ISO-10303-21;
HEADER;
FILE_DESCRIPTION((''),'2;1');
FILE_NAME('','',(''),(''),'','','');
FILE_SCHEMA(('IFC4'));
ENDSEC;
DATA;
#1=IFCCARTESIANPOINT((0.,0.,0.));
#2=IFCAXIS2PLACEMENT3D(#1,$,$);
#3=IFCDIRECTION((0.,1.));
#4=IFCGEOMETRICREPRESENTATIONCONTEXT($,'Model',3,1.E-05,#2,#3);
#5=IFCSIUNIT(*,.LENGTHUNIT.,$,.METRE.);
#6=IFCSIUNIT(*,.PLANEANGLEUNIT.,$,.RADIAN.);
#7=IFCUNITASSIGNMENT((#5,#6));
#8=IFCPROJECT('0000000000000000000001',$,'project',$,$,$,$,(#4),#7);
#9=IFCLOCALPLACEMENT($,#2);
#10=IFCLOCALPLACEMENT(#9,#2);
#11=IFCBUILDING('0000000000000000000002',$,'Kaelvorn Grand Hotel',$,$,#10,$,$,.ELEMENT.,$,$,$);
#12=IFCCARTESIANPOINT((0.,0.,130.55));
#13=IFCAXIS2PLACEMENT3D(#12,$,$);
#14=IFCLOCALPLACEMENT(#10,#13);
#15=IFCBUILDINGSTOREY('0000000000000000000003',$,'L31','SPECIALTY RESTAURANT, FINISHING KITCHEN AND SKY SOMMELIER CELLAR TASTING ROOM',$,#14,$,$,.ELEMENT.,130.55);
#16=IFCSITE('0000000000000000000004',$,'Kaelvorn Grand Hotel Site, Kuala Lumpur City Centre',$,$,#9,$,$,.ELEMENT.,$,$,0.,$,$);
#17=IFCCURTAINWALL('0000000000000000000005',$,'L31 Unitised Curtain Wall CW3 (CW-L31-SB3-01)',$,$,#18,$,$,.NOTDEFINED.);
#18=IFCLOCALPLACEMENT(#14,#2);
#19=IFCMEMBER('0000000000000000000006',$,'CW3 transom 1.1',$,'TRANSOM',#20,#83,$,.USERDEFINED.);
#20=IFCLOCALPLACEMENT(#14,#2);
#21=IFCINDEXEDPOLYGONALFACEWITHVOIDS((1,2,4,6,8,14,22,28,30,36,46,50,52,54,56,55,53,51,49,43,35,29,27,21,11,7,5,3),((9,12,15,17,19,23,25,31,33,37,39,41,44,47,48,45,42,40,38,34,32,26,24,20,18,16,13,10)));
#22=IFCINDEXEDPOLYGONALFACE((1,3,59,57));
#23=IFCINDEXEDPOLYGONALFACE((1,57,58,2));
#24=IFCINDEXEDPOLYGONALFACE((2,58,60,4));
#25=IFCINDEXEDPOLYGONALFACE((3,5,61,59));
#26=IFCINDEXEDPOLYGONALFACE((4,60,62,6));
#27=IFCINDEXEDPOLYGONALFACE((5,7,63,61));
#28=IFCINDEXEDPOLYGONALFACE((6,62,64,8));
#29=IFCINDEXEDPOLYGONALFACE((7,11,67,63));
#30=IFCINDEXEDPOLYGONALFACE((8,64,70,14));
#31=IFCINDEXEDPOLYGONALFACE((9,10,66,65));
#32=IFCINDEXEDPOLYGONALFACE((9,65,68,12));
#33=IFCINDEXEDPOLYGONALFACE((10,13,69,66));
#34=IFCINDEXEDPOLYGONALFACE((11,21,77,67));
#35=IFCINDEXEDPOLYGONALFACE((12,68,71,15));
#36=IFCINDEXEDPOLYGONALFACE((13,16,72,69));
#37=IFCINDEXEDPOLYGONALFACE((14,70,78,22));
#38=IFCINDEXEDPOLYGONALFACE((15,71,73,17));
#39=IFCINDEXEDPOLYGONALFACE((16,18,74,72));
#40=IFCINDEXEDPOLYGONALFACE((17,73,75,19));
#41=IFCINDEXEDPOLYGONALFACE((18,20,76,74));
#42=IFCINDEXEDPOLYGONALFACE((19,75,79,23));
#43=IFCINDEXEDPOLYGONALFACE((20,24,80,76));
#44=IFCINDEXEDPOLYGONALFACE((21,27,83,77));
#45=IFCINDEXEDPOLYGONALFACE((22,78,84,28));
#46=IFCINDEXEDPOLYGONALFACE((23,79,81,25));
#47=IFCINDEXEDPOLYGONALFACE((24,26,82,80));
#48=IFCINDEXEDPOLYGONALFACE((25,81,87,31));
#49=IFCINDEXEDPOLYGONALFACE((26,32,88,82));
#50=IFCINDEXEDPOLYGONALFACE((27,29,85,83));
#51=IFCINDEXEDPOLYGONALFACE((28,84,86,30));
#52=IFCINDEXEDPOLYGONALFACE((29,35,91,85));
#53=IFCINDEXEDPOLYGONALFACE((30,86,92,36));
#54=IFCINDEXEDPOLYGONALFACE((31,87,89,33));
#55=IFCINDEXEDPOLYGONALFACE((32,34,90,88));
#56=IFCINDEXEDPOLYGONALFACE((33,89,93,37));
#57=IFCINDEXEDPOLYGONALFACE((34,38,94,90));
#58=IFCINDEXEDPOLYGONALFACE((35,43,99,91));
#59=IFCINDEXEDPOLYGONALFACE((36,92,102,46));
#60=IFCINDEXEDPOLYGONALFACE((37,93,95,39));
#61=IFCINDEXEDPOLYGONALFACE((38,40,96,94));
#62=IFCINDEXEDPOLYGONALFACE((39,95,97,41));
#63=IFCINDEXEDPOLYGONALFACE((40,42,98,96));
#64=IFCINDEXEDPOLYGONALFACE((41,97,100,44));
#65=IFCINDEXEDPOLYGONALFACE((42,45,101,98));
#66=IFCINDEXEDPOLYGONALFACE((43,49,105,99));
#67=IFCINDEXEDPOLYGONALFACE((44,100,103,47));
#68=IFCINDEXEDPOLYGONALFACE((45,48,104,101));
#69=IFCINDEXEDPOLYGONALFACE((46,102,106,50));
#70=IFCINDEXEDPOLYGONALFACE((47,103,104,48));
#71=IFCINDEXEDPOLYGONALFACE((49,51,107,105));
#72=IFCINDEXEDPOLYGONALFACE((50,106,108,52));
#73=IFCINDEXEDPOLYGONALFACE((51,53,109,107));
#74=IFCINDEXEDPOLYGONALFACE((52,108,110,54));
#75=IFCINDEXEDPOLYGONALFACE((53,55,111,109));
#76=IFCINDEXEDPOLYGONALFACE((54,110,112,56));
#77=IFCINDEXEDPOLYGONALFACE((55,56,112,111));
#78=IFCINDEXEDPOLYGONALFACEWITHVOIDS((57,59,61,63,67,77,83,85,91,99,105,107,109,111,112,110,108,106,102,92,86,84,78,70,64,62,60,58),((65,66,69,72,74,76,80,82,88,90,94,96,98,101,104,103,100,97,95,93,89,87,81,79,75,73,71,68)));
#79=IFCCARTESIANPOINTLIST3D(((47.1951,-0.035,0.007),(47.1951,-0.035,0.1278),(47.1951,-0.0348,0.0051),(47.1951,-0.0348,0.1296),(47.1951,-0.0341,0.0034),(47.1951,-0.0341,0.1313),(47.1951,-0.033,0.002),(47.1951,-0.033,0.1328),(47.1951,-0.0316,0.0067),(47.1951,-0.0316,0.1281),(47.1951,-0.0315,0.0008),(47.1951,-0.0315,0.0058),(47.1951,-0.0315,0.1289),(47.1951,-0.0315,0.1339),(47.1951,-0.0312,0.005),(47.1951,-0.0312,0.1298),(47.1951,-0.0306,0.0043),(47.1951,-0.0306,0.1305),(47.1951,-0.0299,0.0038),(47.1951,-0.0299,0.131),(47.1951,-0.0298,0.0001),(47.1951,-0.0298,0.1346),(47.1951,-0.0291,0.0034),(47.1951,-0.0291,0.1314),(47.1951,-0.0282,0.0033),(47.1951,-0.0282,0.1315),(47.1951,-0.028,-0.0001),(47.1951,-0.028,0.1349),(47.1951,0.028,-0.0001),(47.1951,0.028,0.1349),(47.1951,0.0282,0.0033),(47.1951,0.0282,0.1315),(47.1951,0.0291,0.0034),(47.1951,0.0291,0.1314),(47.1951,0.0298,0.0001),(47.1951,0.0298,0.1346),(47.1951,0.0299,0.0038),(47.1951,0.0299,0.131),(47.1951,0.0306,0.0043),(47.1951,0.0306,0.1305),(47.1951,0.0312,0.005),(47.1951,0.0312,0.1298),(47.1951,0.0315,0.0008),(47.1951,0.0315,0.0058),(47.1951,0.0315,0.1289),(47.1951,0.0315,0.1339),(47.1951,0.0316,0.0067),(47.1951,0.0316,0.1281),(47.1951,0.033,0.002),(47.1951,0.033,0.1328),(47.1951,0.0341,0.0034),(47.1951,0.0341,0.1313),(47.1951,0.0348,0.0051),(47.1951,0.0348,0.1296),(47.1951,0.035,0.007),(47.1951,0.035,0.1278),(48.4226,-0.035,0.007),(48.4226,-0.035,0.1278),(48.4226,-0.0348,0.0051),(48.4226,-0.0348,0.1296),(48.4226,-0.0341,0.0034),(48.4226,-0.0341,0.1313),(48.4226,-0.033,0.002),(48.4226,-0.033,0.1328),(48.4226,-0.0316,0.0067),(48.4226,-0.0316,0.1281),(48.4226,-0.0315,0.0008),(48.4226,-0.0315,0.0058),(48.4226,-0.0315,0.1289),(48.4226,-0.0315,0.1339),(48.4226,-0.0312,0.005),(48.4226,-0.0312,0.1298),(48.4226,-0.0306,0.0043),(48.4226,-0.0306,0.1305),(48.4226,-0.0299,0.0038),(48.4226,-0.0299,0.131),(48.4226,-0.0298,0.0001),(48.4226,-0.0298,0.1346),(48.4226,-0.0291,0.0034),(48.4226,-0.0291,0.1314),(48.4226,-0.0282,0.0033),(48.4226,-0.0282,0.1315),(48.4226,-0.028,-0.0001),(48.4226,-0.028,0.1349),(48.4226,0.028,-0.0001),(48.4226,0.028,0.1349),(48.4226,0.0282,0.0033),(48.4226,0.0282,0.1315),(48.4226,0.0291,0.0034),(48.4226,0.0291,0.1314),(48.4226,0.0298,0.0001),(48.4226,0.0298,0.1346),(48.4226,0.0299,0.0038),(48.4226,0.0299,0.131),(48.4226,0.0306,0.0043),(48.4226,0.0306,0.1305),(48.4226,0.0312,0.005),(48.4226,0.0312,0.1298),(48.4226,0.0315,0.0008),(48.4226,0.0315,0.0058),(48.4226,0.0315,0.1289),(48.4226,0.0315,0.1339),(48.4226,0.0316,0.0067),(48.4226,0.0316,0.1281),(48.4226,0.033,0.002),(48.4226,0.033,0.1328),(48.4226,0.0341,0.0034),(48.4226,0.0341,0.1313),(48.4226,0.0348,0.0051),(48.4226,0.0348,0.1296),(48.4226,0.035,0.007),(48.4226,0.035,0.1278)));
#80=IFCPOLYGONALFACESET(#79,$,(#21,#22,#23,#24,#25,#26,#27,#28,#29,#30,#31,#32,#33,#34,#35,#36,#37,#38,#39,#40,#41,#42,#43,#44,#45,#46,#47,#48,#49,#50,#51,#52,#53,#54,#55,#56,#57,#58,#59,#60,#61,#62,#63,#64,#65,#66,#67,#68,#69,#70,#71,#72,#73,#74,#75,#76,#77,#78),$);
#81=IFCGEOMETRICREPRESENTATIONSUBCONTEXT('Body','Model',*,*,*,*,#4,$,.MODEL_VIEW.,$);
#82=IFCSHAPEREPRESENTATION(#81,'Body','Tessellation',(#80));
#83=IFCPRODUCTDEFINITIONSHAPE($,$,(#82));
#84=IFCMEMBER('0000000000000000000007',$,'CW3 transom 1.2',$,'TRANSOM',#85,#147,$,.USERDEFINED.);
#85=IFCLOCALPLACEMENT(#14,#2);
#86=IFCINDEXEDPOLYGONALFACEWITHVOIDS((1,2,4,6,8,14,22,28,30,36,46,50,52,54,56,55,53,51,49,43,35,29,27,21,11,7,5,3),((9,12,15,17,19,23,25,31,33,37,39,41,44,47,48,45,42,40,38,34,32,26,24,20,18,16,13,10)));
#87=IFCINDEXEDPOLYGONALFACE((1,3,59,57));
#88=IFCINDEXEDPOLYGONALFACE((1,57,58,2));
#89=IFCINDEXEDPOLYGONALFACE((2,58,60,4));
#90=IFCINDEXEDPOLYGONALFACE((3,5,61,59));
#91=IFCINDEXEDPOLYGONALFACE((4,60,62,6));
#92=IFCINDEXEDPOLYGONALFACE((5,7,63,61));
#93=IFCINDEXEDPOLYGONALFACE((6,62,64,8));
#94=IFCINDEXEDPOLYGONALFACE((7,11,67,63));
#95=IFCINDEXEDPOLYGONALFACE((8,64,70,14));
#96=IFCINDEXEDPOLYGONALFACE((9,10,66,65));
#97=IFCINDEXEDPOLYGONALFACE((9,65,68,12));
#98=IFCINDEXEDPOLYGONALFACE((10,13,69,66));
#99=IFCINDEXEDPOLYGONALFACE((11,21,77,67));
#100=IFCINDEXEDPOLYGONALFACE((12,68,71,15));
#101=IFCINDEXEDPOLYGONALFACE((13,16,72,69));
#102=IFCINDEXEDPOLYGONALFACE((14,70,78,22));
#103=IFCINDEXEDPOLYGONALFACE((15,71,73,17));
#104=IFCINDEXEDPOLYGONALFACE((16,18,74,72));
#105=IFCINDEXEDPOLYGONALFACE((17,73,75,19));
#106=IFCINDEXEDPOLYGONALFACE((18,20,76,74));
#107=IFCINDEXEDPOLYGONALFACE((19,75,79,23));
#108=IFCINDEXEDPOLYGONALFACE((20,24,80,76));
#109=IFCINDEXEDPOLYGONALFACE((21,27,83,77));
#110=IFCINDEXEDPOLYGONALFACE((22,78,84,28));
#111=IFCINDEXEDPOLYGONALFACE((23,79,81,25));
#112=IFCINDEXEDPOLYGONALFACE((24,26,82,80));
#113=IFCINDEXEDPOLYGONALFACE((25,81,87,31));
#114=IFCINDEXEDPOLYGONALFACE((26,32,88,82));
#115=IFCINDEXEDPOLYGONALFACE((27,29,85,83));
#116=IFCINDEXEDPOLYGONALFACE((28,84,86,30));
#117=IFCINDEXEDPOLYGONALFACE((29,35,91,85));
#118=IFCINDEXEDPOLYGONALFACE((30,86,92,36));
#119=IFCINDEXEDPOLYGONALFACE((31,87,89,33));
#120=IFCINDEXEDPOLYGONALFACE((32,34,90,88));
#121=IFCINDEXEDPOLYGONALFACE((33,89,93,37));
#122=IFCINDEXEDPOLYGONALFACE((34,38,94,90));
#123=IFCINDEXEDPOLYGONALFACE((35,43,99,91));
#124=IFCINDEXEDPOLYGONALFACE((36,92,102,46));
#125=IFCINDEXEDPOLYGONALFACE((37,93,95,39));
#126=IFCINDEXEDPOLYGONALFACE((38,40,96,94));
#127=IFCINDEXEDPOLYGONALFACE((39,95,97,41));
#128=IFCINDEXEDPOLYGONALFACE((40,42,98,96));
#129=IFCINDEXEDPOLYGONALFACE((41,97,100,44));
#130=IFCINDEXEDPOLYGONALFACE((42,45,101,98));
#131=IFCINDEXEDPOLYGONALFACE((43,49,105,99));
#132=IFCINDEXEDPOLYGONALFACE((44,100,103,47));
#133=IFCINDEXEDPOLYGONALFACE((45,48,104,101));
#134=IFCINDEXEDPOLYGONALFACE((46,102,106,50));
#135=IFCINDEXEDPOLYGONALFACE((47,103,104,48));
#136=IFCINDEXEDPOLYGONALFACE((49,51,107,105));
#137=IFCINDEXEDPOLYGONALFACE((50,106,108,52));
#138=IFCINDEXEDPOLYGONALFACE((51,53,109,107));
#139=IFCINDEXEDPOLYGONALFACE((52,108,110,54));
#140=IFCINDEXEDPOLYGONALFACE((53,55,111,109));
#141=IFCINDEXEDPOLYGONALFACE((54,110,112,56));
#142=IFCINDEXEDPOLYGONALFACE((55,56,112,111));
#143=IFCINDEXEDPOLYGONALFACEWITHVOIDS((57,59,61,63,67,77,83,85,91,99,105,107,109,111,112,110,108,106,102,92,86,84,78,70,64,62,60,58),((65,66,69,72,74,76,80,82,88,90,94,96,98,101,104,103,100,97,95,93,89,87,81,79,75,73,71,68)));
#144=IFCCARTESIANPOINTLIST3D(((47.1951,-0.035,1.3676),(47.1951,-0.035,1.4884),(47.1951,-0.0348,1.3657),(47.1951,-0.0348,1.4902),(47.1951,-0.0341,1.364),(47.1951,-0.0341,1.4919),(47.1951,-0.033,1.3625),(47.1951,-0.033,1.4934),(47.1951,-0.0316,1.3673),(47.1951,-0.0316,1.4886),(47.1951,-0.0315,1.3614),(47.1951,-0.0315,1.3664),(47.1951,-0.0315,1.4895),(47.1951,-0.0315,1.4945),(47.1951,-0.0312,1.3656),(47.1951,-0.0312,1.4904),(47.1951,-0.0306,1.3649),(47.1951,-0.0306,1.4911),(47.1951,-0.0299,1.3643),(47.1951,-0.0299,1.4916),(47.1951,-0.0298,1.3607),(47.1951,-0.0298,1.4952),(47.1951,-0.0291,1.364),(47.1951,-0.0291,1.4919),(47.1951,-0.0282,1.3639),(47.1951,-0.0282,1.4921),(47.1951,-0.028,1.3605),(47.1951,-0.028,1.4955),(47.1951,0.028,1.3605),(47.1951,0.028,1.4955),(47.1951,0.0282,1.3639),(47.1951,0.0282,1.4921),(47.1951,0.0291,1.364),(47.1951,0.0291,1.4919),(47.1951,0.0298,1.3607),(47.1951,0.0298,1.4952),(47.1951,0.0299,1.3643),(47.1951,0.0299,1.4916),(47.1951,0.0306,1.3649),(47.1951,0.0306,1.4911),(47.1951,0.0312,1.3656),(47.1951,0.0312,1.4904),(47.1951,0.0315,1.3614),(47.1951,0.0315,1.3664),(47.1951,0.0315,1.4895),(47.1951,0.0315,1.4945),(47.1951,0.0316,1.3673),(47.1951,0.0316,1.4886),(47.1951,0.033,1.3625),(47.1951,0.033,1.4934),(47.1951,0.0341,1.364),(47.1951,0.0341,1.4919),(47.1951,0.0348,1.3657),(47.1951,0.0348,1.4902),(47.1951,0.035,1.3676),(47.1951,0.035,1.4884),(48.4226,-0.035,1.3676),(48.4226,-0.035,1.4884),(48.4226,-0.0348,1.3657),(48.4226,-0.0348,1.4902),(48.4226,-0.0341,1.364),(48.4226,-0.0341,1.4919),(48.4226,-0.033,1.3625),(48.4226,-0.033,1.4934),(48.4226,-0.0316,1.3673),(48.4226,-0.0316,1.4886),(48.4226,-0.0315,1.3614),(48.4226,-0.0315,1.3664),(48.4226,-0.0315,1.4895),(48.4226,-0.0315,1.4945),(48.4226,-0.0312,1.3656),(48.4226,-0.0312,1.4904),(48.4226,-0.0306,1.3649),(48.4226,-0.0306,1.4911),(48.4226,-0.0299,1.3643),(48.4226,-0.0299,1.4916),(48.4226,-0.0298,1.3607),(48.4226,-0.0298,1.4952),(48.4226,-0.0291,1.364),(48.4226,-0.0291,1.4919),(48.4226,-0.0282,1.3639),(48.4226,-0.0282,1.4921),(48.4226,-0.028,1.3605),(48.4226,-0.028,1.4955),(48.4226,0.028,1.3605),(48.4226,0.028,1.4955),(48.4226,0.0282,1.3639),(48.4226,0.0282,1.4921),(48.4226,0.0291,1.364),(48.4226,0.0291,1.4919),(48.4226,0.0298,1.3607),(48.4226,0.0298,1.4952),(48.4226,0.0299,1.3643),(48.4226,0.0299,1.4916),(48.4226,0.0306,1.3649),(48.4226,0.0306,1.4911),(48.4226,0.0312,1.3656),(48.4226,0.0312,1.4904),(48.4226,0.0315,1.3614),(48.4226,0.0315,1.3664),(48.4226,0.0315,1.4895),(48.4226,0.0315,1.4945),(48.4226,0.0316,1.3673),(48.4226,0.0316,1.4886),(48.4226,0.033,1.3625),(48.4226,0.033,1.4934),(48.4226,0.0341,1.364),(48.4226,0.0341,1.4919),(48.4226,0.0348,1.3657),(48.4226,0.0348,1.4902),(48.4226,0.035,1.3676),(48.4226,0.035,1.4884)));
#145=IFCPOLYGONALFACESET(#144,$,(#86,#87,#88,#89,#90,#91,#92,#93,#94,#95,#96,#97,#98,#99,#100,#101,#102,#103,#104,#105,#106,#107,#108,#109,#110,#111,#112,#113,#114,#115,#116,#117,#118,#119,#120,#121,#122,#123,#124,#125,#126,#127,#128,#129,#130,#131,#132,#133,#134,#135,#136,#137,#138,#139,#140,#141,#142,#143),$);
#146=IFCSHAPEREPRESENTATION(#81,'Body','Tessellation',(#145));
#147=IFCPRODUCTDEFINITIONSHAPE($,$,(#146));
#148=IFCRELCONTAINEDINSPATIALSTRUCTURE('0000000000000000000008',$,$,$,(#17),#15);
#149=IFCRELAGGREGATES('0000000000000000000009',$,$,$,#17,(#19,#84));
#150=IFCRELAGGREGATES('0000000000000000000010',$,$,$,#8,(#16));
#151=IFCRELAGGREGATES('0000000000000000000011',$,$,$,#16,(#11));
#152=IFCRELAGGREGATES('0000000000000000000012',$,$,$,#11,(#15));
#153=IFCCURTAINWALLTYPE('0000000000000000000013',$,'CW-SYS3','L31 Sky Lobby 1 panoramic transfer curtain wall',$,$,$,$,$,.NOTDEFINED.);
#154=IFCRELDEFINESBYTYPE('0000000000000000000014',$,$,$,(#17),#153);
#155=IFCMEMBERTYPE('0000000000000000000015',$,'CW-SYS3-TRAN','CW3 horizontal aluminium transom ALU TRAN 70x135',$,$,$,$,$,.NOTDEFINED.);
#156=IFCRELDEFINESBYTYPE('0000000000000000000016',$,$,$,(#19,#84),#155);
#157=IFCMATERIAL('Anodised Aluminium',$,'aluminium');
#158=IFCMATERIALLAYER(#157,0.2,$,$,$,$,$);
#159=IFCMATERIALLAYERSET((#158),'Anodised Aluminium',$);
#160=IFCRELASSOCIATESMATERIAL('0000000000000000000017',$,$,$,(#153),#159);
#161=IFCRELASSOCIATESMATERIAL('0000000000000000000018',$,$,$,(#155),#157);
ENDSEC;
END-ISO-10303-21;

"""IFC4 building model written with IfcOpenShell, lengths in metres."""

from ifc_helpers import new_model, si_unit, direction, frame, origin, origin_2d, place, context, subcontext, project, spatial, hollow_rectangle, extrude, material, layer, layer_set, material_profile, profile_set, type_object, element, aggregate, save


model = new_model("IFC4")

# Units and contexts
model_context = context("Model", 3, precision=1e-05, world=origin(), true_north=direction((0.0, 1.0)))
body_context = subcontext(model_context, "Body", "Model", "MODEL_VIEW")
ifc_project = project(units=[si_unit("LENGTHUNIT", "METRE"), si_unit("PLANEANGLEUNIT", "RADIAN")], contexts=[model_context])

# Site, building, storey
site_placement = place(None, origin())
site = spatial("IfcSite", under=ifc_project, at=site_placement, Name="Kaelvorn Grand Hotel Site, Kuala Lumpur City Centre", CompositionType="ELEMENT", RefElevation=0.0)
building_placement = place(site_placement, origin())
building = spatial("IfcBuilding", under=site, at=building_placement, Name="Kaelvorn Grand Hotel", CompositionType="ELEMENT")
storey_placement = place(building_placement, frame((0.0, 0.0, 130.55)))
storey = spatial("IfcBuildingStorey", under=building, at=storey_placement, Name="L31", Description="SPECIALTY RESTAURANT, FINISHING KITCHEN AND SKY SOMMELIER CELLAR TASTING ROOM", CompositionType="ELEMENT", Elevation=130.55)

# Curtain wall, members
ifc_material_1 = material(Name="Anodised Aluminium", Category="aluminium")
ifc_layer_1 = layer(ifc_material_1, 0.2)
ifc_layer_set_1 = layer_set([ifc_layer_1], Name="Anodised Aluminium")
curtain_wall_type = type_object("IfcCurtainWallType", Name="CW-SYS3", Description="L31 Sky Lobby 1 panoramic transfer curtain wall", PredefinedType="NOTDEFINED", material=ifc_layer_set_1)
curtain_wall_placement = place(storey_placement, origin())
curtain_wall = element("IfcCurtainWall", 1, at=curtain_wall_placement, inside=storey, type_object=curtain_wall_type, Name="L31 Unitised Curtain Wall CW3 (CW-L31-SB3-01)", PredefinedType="NOTDEFINED")
ifc_material_profile_1 = material_profile(ifc_material_1, hollow_rectangle(XDim=0.0701, YDim=0.135, WallThickness=0.0034, InnerFilletRadius=0.0034, OuterFilletRadius=0.0071, at=origin_2d()), Name="ALU TRAN 70x135")
ifc_profile_set_1 = profile_set([ifc_material_profile_1], Name="Anodised Aluminium")
member_type_1 = type_object("IfcMemberType", Name="CW-SYS3-TRAN", Description="CW3 horizontal aluminium transom ALU TRAN 70x135", PredefinedType="NOTDEFINED", material=ifc_profile_set_1)
member_1_placement = place(storey_placement, frame((47.1951, 0.0, 0.0674), z_axis=(1.0, 0.0, 0.0), x_axis=(0.0, 1.0, 0.0)))
member_1 = element("IfcMember", 2, at=member_1_placement, type_object=member_type_1, Name="CW3 transom 1.1", ObjectType="TRANSOM", PredefinedType="USERDEFINED", context=body_context, shape_type="SweptSolid", body=[
    extrude(hollow_rectangle(XDim=0.0701, YDim=0.135, WallThickness=0.0034, InnerFilletRadius=0.0034, OuterFilletRadius=0.0071, at=origin_2d()), origin(), (0.0, 0.0, 1.0), 1.2275),
])
member_2_placement = place(storey_placement, frame((47.1951, 0.0, 1.428), z_axis=(1.0, 0.0, 0.0), x_axis=(0.0, 1.0, 0.0)))
member_2 = element("IfcMember", 3, at=member_2_placement, type_object=member_type_1, Name="CW3 transom 1.2", ObjectType="TRANSOM", PredefinedType="USERDEFINED", context=body_context, shape_type="SweptSolid", body=[
    extrude(hollow_rectangle(XDim=0.0701, YDim=0.135, WallThickness=0.0034, InnerFilletRadius=0.0034, OuterFilletRadius=0.0071, at=origin_2d()), origin(), (0.0, 0.0, 1.0), 1.2275),
])
aggregate(curtain_wall, [member_1, member_2])

save(model, "model.ifc")
